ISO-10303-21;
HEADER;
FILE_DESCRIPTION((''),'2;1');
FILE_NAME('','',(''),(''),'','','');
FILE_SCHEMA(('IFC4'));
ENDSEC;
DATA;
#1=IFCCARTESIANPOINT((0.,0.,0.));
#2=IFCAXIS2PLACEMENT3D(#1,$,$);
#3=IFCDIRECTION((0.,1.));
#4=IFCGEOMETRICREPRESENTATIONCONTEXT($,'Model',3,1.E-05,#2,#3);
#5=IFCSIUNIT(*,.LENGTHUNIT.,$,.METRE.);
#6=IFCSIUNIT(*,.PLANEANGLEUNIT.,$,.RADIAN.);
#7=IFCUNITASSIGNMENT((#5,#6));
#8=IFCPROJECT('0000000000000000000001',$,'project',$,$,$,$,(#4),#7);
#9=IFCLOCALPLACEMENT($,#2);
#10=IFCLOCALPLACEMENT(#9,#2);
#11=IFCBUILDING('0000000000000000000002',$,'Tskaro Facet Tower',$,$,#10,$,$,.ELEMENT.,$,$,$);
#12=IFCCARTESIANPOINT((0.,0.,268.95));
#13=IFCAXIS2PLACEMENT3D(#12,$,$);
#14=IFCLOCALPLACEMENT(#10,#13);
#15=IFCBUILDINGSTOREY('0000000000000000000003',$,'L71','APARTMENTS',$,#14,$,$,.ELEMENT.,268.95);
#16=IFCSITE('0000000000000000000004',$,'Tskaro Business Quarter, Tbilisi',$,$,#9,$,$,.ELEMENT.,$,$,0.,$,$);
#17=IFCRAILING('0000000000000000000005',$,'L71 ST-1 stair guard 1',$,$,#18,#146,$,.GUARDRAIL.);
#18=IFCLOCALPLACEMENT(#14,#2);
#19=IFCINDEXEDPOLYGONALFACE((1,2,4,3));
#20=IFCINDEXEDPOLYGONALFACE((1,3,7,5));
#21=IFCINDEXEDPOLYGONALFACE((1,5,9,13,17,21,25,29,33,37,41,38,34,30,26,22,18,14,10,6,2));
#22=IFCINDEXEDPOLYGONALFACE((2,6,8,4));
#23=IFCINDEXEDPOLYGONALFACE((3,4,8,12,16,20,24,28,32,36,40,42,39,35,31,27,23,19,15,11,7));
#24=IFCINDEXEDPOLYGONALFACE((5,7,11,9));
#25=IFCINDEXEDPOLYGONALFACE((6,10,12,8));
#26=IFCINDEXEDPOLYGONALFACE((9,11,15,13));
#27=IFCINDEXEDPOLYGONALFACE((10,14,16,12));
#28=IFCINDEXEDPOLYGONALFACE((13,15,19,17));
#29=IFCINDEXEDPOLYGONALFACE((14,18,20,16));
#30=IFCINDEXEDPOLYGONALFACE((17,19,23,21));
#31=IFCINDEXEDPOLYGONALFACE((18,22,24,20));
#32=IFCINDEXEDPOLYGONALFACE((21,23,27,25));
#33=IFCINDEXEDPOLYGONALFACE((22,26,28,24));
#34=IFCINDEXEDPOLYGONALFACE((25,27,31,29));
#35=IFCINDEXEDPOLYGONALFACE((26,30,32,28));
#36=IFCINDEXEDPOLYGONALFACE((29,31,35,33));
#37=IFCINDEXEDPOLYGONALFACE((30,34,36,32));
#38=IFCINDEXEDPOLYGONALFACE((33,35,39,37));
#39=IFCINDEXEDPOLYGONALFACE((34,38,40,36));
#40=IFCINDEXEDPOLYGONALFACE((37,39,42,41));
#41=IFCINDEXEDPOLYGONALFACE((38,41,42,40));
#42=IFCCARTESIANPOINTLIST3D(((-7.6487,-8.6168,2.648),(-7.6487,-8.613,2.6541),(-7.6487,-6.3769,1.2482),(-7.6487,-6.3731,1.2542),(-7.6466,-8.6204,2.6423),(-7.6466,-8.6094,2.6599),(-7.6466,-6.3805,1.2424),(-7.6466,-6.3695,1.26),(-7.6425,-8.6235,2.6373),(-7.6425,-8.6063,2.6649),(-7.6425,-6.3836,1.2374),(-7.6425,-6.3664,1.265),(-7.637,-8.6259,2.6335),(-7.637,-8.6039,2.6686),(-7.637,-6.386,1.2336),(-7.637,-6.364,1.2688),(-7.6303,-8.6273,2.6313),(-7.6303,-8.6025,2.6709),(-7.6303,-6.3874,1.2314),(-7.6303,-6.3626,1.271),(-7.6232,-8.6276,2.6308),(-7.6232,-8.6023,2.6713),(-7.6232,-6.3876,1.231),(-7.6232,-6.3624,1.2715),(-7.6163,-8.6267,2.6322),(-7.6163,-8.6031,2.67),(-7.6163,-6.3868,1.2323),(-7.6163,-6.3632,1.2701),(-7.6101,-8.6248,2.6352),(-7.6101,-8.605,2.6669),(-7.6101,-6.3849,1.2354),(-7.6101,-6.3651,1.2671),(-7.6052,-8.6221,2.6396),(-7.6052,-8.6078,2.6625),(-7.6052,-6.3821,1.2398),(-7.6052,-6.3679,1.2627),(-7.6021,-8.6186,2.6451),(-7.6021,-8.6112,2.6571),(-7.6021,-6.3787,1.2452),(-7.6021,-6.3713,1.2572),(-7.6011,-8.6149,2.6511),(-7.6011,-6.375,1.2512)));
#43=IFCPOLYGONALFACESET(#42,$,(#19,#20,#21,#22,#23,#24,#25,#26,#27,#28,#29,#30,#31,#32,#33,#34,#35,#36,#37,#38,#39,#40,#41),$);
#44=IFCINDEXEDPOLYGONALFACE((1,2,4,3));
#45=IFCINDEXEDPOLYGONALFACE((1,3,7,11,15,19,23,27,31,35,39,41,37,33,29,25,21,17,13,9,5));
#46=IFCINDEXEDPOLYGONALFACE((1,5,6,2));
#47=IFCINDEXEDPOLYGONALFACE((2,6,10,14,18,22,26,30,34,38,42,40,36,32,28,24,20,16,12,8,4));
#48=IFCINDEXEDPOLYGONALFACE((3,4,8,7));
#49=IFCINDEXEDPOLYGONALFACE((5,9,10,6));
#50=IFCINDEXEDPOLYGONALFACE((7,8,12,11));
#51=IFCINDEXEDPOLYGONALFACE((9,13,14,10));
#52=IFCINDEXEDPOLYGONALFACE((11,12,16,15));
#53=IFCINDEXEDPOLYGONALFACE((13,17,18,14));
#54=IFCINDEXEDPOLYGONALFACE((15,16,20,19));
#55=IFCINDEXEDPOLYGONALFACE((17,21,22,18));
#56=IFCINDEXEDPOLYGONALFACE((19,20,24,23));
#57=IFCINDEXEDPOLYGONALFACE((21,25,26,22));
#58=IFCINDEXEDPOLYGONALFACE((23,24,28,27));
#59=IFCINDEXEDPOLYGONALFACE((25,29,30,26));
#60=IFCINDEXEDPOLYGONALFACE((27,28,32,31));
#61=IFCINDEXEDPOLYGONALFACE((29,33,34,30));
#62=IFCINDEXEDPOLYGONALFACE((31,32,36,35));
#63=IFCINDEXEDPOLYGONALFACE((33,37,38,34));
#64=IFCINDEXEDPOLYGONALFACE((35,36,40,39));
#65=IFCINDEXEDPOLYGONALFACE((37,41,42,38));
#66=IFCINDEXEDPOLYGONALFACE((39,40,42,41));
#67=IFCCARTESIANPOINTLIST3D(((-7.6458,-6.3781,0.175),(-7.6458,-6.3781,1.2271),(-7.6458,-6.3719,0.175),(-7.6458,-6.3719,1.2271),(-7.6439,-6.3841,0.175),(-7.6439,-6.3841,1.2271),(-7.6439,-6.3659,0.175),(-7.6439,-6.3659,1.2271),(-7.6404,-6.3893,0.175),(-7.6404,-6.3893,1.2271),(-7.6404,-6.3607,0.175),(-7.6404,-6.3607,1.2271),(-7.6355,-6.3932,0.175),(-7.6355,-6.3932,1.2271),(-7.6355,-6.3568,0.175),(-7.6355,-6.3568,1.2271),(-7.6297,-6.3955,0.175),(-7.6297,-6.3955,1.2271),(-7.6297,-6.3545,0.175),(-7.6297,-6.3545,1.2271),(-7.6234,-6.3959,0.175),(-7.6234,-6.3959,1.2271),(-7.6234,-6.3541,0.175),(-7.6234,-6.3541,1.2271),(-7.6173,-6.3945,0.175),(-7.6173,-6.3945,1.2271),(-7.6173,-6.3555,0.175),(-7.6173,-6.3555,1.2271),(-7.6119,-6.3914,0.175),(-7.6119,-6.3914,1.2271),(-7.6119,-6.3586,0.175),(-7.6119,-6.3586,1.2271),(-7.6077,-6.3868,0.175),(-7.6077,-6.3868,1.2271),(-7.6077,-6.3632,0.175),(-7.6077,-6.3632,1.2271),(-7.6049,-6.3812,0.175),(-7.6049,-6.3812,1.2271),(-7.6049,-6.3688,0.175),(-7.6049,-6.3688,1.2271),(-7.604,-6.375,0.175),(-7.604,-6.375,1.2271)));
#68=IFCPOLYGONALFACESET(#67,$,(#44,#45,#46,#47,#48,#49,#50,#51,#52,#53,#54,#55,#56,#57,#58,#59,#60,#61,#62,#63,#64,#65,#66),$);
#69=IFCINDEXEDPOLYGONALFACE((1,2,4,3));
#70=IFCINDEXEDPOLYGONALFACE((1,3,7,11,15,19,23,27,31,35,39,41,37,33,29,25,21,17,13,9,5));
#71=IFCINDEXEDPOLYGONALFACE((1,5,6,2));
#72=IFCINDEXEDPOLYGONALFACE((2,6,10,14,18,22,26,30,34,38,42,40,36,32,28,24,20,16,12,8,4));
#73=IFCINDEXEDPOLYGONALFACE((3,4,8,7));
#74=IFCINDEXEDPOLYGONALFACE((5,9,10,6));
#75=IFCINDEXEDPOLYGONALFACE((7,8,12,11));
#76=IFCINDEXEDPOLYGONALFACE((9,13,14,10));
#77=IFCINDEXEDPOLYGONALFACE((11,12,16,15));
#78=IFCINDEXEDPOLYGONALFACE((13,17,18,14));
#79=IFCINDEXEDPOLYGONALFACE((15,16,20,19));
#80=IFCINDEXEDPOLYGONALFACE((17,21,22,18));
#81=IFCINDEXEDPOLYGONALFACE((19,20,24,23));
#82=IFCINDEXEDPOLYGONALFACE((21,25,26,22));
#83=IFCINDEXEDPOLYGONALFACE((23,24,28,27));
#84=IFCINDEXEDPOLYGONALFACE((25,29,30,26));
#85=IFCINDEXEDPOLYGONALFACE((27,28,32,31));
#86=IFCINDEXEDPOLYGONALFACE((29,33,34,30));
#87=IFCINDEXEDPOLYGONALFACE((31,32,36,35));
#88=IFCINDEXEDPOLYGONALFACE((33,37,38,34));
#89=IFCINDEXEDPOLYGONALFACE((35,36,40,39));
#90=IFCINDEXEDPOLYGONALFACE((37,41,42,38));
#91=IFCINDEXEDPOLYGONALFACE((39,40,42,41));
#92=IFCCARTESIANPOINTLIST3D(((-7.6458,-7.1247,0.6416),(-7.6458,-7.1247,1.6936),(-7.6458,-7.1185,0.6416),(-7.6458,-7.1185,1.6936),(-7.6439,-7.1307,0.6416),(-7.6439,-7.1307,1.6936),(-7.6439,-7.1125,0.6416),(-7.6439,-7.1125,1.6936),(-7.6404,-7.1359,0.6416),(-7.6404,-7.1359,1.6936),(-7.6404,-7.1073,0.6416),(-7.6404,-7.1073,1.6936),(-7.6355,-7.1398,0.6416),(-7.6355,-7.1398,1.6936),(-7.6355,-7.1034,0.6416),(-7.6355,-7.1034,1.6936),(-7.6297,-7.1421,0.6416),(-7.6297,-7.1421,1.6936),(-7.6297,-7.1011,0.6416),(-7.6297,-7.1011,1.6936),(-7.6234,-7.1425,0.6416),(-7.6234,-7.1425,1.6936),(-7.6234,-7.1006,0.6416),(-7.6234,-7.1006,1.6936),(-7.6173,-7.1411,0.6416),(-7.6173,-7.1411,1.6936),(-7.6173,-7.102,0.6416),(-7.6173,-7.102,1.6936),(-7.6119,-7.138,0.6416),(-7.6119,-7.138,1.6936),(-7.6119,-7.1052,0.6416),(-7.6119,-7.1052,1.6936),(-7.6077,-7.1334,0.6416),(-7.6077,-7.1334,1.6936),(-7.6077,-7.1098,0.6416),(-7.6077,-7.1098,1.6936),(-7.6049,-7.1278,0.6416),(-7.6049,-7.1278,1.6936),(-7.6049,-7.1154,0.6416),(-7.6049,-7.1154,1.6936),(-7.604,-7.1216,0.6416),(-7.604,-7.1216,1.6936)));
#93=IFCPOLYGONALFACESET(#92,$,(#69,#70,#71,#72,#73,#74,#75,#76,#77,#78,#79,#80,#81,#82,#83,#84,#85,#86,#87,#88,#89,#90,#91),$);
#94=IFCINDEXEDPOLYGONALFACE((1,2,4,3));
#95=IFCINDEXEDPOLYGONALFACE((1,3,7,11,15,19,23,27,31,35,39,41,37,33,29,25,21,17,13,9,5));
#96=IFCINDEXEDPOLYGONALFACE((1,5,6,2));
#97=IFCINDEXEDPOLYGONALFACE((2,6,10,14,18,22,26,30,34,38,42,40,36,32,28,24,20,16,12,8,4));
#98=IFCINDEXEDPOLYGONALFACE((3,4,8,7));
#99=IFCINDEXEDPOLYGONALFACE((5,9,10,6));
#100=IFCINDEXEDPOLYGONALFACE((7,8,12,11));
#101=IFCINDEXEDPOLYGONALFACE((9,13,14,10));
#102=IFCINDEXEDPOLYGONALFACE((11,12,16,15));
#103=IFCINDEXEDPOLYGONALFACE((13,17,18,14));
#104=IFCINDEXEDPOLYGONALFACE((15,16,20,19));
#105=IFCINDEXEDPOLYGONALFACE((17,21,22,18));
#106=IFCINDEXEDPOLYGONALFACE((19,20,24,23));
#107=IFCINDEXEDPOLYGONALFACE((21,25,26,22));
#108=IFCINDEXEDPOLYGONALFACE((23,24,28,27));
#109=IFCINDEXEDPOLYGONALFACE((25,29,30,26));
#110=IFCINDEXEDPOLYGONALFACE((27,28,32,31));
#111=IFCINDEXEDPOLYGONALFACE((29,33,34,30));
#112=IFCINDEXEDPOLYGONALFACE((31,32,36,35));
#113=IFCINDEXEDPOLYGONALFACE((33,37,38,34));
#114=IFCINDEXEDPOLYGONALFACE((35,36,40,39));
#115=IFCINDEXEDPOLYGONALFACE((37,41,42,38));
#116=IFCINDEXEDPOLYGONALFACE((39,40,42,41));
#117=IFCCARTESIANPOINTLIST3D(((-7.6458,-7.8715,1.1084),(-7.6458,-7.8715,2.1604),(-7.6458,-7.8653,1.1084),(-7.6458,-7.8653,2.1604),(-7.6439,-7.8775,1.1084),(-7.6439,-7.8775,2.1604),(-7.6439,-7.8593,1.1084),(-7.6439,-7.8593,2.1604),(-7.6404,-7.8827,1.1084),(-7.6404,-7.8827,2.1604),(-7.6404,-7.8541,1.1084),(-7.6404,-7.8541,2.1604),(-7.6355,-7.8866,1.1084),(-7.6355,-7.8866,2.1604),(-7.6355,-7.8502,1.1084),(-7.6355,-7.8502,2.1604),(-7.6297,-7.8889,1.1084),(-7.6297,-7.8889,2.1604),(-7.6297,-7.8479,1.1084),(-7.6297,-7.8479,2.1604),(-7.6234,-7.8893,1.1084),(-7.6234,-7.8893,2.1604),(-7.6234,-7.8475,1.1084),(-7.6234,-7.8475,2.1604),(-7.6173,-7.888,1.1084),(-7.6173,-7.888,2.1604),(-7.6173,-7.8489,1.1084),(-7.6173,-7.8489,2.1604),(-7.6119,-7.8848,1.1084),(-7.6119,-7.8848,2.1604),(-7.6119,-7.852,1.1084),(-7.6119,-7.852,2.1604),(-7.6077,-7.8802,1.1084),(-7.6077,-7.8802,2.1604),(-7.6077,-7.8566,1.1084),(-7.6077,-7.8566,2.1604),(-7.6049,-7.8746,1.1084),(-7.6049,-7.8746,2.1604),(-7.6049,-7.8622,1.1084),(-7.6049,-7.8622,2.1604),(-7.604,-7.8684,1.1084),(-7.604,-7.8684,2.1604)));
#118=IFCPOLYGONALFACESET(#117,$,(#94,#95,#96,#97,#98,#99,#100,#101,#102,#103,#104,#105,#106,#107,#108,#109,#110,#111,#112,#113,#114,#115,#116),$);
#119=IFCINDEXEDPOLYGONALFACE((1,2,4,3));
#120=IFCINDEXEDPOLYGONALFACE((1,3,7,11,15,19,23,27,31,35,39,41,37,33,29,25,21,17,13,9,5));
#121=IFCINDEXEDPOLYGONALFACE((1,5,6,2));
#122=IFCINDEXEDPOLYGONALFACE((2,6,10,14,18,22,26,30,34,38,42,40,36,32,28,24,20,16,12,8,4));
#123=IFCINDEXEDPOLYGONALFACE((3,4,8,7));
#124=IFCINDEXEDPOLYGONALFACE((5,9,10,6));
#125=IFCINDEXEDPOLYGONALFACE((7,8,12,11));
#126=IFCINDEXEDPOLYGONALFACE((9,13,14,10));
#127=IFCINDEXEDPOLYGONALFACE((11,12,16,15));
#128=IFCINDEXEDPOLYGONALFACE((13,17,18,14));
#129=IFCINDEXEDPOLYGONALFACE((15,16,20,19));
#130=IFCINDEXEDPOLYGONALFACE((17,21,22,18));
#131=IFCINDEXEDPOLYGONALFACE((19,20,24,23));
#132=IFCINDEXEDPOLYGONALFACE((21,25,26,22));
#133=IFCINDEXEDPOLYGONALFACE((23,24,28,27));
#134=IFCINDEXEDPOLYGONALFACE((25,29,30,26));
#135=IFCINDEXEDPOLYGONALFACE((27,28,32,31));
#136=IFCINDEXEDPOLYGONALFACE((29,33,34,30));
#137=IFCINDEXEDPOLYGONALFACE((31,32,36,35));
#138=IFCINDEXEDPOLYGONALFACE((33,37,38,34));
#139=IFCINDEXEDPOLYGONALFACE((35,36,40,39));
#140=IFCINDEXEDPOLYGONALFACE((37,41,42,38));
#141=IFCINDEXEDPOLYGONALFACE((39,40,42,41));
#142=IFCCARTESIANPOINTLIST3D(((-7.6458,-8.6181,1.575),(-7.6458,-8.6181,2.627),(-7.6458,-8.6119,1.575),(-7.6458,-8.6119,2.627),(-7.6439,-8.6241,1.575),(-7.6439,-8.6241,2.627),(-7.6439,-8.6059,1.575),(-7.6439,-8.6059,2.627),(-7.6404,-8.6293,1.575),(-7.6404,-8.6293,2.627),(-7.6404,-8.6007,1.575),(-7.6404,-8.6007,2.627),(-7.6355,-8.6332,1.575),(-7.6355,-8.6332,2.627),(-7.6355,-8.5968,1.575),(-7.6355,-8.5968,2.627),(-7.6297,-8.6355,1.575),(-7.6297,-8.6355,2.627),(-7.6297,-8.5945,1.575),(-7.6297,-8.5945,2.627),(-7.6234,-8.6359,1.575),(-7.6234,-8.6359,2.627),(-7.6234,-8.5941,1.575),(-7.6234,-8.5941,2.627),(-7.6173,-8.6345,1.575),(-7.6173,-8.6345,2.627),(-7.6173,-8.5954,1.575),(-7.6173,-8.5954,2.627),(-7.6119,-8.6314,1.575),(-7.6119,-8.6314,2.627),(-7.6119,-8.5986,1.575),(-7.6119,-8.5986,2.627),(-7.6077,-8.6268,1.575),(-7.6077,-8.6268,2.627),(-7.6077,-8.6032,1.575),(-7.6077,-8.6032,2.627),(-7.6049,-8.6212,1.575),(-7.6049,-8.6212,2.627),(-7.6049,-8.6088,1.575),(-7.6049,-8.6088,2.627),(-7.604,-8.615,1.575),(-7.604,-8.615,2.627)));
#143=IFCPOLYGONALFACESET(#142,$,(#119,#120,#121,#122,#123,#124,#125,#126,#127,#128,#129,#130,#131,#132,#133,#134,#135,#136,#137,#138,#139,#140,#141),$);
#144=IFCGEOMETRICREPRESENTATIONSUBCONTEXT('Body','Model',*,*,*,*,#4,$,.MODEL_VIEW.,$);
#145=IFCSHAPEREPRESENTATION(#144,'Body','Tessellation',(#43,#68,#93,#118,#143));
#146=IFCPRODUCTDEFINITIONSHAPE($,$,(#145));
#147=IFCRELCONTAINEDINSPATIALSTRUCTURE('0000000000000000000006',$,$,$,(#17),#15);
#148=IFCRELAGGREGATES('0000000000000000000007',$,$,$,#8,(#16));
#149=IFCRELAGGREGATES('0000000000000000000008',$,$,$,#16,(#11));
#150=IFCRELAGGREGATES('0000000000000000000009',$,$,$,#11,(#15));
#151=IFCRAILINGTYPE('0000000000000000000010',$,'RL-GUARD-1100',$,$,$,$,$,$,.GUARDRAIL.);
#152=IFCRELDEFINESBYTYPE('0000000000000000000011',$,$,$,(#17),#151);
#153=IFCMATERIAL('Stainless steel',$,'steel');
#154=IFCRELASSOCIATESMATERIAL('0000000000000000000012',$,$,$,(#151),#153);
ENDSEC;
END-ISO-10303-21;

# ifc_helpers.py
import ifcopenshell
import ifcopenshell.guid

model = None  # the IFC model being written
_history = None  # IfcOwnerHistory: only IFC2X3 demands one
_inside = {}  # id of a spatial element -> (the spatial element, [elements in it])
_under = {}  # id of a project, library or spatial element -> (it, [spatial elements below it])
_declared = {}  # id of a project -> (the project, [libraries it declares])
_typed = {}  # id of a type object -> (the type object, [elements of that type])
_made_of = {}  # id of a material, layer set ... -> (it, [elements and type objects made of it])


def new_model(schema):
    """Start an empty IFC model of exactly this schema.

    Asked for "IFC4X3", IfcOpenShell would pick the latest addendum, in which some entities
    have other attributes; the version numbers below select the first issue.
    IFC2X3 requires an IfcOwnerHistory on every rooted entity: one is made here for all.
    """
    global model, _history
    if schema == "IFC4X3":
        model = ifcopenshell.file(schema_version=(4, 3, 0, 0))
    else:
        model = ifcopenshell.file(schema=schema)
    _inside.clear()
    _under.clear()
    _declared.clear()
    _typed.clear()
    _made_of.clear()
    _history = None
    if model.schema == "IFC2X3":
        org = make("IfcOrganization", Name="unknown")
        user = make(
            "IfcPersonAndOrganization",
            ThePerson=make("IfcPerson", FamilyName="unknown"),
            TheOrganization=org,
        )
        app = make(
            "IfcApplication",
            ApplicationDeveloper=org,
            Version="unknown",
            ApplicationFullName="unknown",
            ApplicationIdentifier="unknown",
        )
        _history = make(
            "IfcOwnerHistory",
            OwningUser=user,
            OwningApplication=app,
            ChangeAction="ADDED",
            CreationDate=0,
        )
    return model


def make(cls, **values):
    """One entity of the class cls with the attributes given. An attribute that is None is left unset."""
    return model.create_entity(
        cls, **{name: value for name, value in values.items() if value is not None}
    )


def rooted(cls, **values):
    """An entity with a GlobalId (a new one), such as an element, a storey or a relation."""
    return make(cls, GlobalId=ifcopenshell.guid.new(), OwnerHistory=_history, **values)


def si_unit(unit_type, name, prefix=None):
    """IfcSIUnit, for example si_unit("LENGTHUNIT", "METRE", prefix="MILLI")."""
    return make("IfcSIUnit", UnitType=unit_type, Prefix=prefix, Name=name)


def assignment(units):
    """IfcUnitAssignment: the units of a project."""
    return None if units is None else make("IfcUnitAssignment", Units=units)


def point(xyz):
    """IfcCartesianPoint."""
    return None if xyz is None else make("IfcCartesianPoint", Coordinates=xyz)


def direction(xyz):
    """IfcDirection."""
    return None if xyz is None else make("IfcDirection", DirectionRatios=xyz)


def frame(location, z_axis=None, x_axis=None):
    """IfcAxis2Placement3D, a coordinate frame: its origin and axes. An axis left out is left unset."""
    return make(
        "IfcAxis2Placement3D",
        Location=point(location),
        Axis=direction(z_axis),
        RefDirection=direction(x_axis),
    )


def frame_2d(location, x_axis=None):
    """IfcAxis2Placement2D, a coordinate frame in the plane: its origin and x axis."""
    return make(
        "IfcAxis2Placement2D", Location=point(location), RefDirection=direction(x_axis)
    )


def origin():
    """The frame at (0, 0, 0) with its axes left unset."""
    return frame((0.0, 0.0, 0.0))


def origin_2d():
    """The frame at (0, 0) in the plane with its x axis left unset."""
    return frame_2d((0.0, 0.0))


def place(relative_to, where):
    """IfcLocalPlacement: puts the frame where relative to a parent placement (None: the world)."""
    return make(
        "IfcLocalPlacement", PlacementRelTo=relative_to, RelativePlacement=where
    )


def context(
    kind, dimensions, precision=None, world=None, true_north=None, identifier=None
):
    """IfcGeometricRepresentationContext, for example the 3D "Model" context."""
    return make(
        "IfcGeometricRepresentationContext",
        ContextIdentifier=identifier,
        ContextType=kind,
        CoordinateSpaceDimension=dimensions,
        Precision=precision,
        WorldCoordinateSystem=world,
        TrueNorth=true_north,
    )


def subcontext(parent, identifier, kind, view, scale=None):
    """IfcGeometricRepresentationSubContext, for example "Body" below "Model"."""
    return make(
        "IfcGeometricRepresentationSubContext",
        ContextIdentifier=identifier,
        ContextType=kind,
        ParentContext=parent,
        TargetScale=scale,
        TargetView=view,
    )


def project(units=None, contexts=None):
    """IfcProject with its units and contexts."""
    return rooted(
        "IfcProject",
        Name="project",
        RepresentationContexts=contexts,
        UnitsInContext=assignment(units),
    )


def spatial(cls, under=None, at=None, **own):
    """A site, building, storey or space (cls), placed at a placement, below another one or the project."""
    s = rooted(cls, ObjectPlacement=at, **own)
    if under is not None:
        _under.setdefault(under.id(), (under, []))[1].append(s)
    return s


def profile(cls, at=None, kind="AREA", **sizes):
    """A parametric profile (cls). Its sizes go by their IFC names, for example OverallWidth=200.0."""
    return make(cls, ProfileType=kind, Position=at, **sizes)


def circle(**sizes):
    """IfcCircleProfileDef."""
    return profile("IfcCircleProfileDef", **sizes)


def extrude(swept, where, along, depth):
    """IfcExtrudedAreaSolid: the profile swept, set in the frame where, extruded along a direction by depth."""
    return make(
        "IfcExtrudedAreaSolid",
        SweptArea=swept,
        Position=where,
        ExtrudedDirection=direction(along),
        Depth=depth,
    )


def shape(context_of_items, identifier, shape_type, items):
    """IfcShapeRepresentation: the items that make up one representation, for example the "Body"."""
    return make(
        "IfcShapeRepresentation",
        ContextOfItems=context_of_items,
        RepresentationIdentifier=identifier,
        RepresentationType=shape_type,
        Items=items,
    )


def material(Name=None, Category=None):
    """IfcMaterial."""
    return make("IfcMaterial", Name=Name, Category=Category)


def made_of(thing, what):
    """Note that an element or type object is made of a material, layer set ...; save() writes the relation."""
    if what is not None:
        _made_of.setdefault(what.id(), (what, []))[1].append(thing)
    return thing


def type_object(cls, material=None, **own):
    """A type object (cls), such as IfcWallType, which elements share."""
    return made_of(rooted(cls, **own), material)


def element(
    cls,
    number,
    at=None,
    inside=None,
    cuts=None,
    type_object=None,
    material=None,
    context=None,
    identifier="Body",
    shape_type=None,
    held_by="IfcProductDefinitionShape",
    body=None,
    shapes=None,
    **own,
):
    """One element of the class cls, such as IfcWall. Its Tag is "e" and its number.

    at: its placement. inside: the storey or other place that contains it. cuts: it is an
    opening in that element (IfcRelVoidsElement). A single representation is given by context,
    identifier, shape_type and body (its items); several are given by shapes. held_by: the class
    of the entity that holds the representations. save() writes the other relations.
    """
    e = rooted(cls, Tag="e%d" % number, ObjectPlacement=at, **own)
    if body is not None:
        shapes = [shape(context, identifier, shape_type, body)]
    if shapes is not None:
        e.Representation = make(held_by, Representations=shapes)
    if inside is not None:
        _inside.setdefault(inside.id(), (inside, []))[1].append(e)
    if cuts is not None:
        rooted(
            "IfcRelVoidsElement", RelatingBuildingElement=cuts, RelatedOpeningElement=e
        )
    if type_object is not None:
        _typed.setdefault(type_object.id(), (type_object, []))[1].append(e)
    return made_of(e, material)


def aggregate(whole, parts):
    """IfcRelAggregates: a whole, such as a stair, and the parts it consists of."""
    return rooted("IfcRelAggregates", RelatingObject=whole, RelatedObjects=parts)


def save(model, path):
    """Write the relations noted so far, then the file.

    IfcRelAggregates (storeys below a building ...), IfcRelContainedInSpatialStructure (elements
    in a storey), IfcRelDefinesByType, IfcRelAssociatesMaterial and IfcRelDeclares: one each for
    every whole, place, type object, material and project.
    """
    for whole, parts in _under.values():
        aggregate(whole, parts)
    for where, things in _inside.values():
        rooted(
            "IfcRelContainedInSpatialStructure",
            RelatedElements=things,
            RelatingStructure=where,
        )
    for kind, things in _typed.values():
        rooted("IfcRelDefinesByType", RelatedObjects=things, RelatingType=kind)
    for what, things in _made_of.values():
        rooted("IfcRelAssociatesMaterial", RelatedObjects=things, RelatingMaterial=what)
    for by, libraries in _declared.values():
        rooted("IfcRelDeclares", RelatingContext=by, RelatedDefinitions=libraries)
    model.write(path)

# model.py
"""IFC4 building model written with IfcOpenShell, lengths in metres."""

from ifc_helpers import new_model, si_unit, direction, frame, origin, origin_2d, place, context, subcontext, project, spatial, circle, extrude, material, type_object, element, save


model = new_model("IFC4")

# Units and contexts
model_context = context("Model", 3, precision=1e-05, world=origin(), true_north=direction((0.0, 1.0)))
body_context = subcontext(model_context, "Body", "Model", "MODEL_VIEW")
ifc_project = project(units=[si_unit("LENGTHUNIT", "METRE"), si_unit("PLANEANGLEUNIT", "RADIAN")], contexts=[model_context])

# Site, building, storey
site_placement = place(None, origin())
site = spatial("IfcSite", under=ifc_project, at=site_placement, Name="Tskaro Business Quarter, Tbilisi", CompositionType="ELEMENT", RefElevation=0.0)
building_placement = place(site_placement, origin())
building = spatial("IfcBuilding", under=site, at=building_placement, Name="Tskaro Facet Tower", CompositionType="ELEMENT")
storey_placement = place(building_placement, frame((0.0, 0.0, 268.95)))
storey = spatial("IfcBuildingStorey", under=building, at=storey_placement, Name="L71", Description="APARTMENTS", CompositionType="ELEMENT", Elevation=268.95)

# Shared definitions
ifc_material_1 = material(Name="Stainless steel", Category="steel")

# Railing
railing_type_1 = type_object("IfcRailingType", Name="RL-GUARD-1100", PredefinedType="GUARDRAIL", material=ifc_material_1)
railing_1_placement = place(storey_placement, frame((-7.625, -6.375, 0.175)))
element("IfcRailing", 1, at=railing_1_placement, inside=storey, type_object=railing_type_1, Name="L71 ST-1 stair guard 1", PredefinedType="GUARDRAIL", context=body_context, shape_type="SweptSolid", body=[
    extrude(circle(Radius=0.0239, at=origin_2d()), frame((0.0, 0.0, 1.0762), z_axis=(0.0, -0.848014, 0.529974), x_axis=(1.0, 0.0, 0.0)), (0.0, 0.0, 1.0), 2.6414),
    extrude(circle(Radius=0.021, at=origin_2d()), origin(), (0.0, 0.0, 1.0), 1.052),
    extrude(circle(Radius=0.021, at=origin_2d()), frame((0.0, -0.7466, 0.4666)), (0.0, 0.0, 1.0), 1.052),
    extrude(circle(Radius=0.021, at=origin_2d()), frame((0.0, -1.4934, 0.9333)), (0.0, 0.0, 1.0), 1.052),
    extrude(circle(Radius=0.021, at=origin_2d()), frame((0.0, -2.24, 1.3999)), (0.0, 0.0, 1.0), 1.052),
])

save(model, "model.ifc")
